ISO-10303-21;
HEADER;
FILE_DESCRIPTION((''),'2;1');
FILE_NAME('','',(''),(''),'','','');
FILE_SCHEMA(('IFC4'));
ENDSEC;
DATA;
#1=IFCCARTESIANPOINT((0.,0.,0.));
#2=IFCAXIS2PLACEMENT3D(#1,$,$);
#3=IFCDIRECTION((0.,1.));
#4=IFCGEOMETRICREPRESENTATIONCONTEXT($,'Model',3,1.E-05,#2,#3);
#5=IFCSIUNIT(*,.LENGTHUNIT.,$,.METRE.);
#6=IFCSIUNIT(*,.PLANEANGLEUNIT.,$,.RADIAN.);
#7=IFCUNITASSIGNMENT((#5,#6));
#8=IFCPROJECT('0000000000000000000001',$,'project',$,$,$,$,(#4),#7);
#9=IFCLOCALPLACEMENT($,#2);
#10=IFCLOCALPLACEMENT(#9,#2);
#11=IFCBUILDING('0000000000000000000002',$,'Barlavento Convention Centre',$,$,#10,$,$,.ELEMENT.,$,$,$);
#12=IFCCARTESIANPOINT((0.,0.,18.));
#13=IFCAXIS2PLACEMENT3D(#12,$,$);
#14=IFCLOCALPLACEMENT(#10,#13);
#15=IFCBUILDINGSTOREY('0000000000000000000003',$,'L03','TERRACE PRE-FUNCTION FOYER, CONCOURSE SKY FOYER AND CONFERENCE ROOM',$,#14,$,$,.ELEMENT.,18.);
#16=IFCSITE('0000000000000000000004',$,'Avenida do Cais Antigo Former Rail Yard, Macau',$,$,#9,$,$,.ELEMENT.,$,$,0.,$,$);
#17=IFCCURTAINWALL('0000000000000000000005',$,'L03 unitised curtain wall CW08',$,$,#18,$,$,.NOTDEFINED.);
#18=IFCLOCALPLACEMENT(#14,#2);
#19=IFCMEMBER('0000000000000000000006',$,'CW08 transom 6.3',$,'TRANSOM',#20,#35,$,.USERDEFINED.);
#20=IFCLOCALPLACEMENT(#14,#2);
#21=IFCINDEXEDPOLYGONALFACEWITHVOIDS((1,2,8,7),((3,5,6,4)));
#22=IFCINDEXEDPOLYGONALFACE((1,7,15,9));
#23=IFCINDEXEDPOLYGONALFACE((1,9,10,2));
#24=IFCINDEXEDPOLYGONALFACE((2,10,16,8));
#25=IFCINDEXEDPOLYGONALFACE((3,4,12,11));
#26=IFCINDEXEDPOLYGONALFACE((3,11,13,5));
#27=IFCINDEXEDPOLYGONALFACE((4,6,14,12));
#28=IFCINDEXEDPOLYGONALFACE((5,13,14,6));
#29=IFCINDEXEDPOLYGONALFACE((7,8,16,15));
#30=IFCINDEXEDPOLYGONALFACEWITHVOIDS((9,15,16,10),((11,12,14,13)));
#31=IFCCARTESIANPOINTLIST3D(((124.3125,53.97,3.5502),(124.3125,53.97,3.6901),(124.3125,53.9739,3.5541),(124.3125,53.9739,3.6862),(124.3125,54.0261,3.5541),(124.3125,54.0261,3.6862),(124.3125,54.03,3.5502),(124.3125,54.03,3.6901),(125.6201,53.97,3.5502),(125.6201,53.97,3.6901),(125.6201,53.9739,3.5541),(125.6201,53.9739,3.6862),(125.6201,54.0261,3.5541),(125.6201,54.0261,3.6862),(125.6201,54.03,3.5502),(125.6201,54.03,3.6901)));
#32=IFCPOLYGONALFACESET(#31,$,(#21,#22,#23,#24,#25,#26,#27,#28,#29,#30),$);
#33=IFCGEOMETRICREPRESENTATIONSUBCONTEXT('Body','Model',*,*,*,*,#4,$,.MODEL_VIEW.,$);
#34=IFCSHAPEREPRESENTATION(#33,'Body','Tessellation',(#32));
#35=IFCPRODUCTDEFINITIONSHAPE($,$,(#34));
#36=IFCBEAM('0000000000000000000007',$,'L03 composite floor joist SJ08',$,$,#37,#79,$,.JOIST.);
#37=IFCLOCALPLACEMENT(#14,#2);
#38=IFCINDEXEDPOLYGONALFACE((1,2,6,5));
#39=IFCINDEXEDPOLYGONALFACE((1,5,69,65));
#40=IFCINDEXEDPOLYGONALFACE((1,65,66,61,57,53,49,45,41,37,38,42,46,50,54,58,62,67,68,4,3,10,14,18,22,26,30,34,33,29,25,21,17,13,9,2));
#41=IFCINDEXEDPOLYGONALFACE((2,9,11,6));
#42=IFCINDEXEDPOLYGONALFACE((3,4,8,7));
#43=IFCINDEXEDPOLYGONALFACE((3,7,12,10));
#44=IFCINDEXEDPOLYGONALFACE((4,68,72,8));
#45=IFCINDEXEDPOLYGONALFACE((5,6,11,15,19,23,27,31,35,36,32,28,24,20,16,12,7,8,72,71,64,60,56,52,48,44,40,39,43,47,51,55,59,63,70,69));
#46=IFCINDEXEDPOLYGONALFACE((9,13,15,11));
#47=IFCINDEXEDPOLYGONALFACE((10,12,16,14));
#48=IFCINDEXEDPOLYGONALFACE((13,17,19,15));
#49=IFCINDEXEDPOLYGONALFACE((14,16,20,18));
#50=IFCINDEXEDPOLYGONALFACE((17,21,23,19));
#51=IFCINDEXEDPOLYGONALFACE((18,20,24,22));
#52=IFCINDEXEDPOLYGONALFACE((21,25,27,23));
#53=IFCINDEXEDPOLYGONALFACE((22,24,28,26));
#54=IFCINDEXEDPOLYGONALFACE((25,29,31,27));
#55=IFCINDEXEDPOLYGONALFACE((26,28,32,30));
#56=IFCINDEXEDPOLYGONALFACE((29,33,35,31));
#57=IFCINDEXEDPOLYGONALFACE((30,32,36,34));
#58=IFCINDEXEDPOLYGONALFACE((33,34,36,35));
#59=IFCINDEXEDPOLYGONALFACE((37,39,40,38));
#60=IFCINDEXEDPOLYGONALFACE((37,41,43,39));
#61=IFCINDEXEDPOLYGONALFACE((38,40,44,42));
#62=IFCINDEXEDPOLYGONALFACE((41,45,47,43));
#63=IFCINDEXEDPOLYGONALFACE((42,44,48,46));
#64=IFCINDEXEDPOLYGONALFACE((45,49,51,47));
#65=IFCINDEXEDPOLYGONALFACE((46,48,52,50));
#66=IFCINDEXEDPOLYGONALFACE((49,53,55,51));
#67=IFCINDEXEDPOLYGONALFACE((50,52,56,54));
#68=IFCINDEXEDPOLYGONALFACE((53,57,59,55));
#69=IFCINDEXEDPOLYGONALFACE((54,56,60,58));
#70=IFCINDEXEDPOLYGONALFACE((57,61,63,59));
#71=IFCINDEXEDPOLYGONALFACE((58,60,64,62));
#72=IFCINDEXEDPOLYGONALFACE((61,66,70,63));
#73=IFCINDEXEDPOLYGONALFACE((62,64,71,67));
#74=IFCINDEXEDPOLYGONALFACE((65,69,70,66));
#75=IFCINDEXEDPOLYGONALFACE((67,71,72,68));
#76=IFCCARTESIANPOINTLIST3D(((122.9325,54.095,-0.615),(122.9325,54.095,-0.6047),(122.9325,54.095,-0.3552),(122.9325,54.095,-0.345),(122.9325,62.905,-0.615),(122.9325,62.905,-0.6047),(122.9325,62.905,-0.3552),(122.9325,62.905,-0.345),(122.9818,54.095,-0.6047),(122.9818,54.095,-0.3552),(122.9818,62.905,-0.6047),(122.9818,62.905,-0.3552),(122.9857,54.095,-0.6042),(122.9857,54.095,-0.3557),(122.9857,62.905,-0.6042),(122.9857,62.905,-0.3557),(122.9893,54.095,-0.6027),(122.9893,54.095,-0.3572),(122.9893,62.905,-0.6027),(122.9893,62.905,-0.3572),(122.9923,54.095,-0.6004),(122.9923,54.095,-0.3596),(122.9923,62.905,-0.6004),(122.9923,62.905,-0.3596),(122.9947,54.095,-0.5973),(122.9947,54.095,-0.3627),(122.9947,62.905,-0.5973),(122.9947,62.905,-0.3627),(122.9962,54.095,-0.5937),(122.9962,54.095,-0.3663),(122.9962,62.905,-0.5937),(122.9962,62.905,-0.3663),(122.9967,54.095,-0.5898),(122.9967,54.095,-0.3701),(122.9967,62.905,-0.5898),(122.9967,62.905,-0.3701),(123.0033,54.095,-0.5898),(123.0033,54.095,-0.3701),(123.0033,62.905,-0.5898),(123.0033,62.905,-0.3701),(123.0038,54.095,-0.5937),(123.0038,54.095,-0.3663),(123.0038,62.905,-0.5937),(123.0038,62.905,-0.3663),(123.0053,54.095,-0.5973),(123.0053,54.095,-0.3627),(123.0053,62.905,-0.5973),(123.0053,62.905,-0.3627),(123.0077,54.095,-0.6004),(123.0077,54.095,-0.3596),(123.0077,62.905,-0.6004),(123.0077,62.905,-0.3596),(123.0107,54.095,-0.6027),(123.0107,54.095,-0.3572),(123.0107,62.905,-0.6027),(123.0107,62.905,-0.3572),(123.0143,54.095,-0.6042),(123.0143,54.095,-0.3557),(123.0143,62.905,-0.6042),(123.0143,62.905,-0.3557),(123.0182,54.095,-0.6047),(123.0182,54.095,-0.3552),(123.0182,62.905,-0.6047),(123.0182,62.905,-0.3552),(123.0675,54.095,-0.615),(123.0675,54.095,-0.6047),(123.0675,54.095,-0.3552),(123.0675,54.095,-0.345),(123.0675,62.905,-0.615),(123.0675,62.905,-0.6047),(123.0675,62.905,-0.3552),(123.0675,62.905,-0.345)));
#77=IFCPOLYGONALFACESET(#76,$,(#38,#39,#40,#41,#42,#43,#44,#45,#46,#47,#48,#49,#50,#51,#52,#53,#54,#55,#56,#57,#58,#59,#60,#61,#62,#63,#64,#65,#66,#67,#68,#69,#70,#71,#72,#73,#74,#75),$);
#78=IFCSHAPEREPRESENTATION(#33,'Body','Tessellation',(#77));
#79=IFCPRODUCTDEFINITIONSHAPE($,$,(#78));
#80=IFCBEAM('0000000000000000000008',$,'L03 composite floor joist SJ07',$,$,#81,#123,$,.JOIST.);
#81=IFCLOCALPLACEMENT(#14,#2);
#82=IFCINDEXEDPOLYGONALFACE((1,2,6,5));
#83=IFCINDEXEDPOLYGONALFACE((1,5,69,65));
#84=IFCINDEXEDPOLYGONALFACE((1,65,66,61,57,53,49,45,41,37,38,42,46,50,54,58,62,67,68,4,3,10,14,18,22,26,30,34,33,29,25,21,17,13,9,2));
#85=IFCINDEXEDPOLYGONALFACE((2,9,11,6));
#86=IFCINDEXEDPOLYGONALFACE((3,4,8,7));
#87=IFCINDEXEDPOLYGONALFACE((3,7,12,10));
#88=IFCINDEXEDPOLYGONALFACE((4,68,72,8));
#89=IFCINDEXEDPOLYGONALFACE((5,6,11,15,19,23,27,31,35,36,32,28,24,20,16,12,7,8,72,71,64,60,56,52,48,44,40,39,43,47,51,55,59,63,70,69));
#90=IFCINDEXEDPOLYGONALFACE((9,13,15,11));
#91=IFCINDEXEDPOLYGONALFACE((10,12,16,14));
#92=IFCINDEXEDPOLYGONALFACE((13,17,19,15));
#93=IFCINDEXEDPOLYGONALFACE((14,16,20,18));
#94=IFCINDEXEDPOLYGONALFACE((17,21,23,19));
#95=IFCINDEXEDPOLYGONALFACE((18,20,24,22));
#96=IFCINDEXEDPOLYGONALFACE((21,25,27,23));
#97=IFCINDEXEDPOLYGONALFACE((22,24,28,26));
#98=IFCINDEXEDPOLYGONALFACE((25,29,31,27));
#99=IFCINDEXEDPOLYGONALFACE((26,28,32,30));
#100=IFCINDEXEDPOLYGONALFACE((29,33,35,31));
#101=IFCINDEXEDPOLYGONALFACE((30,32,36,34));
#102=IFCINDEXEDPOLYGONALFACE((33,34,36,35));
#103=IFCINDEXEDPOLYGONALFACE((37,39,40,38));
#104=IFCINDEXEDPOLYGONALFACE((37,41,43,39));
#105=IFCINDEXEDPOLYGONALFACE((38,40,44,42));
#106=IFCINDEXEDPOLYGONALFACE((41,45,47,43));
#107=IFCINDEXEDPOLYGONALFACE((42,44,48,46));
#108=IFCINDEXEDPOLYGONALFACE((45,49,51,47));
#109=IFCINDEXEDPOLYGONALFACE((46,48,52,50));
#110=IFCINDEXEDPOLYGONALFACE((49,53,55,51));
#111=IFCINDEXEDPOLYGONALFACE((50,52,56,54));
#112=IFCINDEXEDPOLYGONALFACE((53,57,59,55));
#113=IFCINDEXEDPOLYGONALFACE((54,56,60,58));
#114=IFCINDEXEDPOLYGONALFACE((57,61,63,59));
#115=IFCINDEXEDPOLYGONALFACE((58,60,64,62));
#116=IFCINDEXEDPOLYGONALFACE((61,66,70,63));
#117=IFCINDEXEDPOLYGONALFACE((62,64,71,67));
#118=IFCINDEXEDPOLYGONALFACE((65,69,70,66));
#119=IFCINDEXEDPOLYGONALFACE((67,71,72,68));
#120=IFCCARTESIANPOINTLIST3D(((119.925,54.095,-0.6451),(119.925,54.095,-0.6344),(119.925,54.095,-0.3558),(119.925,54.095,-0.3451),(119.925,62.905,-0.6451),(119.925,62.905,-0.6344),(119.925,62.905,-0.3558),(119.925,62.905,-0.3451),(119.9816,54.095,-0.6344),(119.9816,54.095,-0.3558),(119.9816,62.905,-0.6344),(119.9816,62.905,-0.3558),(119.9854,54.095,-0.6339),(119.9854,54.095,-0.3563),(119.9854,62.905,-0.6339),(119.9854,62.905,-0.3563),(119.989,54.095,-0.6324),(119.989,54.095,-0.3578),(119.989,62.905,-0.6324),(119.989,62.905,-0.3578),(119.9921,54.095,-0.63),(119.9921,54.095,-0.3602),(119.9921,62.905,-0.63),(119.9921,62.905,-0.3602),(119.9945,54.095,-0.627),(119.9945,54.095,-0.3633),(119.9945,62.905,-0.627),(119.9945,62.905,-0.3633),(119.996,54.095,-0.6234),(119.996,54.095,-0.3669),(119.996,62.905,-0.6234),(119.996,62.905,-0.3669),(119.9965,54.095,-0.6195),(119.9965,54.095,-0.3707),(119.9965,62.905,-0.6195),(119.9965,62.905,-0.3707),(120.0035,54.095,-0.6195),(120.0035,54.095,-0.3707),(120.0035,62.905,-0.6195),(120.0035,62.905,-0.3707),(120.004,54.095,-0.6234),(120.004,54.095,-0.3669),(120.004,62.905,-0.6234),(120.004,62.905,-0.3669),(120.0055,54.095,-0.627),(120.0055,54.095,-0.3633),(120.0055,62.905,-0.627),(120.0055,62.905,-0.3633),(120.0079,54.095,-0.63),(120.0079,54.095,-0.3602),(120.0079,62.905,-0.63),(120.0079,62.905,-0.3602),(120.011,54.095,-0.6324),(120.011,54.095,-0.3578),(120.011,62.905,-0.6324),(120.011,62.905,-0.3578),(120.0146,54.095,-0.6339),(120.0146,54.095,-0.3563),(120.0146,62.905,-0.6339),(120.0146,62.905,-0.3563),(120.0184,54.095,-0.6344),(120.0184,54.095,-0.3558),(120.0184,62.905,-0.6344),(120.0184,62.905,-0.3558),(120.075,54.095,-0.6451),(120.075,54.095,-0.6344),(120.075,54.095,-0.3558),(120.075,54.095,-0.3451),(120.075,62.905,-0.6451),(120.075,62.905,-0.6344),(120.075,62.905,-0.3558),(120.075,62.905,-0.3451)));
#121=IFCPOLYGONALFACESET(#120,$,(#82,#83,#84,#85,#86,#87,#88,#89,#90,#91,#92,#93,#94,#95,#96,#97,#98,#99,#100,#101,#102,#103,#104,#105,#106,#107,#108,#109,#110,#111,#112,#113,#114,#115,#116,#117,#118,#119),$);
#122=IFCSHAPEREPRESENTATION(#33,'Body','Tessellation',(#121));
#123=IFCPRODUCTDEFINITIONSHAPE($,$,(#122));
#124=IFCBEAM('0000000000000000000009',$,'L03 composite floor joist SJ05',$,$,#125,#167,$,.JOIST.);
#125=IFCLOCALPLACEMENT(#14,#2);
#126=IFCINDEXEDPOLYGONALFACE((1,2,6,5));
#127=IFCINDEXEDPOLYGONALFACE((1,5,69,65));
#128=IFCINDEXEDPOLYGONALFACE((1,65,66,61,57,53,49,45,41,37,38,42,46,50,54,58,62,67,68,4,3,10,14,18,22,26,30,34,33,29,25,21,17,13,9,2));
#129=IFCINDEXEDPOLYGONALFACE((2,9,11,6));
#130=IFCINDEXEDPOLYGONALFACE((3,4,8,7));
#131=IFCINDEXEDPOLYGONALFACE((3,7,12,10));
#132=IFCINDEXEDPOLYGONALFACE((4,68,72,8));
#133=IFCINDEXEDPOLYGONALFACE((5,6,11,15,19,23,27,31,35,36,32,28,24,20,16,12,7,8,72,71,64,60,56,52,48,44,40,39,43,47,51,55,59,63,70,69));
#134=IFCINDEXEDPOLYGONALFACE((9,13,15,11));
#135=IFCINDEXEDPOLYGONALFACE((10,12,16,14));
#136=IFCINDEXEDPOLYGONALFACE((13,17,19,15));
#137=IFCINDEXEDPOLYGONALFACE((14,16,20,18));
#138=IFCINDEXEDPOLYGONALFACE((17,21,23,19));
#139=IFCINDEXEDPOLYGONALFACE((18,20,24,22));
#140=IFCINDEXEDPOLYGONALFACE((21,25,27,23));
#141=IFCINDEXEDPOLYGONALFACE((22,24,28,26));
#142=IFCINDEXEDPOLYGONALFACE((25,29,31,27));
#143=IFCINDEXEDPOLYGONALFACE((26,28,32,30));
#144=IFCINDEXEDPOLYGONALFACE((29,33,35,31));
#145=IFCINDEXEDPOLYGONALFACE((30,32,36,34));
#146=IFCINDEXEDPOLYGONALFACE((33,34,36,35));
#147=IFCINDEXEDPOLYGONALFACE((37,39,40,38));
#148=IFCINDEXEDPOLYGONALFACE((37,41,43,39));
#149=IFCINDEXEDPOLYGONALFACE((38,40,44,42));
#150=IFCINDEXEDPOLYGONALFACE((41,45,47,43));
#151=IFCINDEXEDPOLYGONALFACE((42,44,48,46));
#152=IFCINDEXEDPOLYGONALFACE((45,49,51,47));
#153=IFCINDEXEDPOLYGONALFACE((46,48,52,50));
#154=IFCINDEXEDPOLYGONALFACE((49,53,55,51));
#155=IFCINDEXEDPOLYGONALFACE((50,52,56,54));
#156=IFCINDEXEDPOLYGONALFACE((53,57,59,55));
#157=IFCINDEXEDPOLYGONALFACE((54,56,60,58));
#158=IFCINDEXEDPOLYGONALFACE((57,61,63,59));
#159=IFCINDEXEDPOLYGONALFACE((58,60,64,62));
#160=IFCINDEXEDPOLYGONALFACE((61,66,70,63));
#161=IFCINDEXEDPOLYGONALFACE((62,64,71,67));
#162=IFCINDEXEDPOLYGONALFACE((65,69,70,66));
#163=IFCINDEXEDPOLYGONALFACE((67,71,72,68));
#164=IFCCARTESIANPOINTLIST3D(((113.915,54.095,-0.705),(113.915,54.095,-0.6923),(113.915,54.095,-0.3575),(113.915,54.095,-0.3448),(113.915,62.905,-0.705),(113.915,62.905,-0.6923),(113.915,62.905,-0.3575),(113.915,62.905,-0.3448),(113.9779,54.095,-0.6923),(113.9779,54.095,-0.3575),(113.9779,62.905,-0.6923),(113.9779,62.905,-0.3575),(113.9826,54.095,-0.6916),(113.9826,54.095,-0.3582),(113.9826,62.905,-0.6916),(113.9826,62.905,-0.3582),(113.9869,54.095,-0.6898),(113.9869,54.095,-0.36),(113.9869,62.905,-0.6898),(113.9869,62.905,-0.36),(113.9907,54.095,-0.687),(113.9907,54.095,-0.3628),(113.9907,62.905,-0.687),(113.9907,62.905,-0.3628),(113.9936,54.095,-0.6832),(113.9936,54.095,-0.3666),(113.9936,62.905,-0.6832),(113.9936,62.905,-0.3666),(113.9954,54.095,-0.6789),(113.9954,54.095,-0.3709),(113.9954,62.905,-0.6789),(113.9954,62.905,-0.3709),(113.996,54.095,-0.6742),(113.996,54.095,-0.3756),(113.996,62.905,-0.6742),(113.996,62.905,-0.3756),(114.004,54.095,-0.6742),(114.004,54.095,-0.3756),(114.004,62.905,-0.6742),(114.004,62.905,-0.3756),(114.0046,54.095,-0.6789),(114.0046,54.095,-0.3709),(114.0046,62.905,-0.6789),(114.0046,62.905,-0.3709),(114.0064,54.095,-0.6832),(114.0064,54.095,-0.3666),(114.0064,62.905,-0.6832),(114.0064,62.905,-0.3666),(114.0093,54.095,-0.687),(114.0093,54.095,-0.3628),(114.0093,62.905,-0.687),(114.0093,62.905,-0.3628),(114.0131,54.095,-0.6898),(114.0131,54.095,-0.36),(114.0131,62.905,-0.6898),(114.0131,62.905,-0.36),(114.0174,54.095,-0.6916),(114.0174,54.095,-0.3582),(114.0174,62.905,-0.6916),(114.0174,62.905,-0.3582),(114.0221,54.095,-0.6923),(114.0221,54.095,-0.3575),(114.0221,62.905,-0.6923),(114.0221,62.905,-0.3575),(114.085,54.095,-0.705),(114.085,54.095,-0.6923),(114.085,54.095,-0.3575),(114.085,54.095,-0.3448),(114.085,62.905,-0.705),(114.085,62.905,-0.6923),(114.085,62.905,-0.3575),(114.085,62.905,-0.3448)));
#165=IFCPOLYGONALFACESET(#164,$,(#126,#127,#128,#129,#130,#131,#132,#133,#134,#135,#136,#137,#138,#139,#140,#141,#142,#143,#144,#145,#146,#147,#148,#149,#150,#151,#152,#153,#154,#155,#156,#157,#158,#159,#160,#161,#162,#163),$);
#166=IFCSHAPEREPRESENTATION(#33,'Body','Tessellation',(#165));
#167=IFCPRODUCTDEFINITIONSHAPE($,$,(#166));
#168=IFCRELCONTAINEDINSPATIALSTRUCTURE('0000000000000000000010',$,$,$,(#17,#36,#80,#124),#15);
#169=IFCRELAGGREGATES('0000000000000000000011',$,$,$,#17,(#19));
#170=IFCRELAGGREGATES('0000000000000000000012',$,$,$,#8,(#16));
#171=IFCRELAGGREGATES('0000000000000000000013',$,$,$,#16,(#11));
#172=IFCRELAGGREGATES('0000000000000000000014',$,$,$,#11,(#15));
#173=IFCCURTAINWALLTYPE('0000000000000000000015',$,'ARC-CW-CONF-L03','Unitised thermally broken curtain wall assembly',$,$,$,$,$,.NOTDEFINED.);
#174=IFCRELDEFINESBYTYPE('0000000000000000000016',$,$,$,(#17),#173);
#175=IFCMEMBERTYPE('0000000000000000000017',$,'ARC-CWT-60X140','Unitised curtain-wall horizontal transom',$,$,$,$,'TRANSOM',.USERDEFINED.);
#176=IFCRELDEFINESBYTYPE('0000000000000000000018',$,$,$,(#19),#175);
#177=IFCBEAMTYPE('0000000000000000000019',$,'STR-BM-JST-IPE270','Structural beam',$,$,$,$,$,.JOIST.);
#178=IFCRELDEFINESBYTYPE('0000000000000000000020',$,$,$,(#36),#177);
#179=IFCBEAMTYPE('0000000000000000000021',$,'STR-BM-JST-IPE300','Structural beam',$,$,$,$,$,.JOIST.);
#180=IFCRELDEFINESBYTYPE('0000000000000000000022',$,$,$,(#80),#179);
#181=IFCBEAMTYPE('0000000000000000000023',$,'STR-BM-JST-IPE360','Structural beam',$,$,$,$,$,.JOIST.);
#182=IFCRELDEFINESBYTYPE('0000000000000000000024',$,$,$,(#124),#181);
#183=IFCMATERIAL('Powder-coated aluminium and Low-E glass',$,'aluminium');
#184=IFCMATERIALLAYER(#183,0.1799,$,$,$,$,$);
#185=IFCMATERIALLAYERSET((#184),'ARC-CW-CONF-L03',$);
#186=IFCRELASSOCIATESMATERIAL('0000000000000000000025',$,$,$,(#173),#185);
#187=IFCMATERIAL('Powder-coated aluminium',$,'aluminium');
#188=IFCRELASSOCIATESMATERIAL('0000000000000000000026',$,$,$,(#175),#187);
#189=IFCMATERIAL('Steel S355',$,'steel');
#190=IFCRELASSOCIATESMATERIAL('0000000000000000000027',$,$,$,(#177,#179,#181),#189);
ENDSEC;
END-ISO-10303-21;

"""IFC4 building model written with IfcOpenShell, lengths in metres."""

from ifc_helpers import new_model, si_unit, direction, frame, origin, origin_2d, place, context, subcontext, project, spatial, hollow_rectangle, i_section, extrude, material, layer, layer_set, material_profile, profile_set, type_object, element, aggregate, save


model = new_model("IFC4")

# Units and contexts
model_context = context("Model", 3, precision=1e-05, world=origin(), true_north=direction((0.0, 1.0)))
body_context = subcontext(model_context, "Body", "Model", "MODEL_VIEW")
ifc_project = project(units=[si_unit("LENGTHUNIT", "METRE"), si_unit("PLANEANGLEUNIT", "RADIAN")], contexts=[model_context])

# Site, building, storey
site_placement = place(None, origin())
site = spatial("IfcSite", under=ifc_project, at=site_placement, Name="Avenida do Cais Antigo Former Rail Yard, Macau", CompositionType="ELEMENT", RefElevation=0.0)
building_placement = place(site_placement, origin())
building = spatial("IfcBuilding", under=site, at=building_placement, Name="Barlavento Convention Centre", CompositionType="ELEMENT")
storey_placement = place(building_placement, frame((0.0, 0.0, 18.0)))
storey = spatial("IfcBuildingStorey", under=building, at=storey_placement, Name="L03", Description="TERRACE PRE-FUNCTION FOYER, CONCOURSE SKY FOYER AND CONFERENCE ROOM", CompositionType="ELEMENT", Elevation=18.0)

# Curtain wall, member
ifc_material_1 = material(Name="Powder-coated aluminium and Low-E glass", Category="aluminium")
ifc_layer_1 = layer(ifc_material_1, 0.1799)
ifc_layer_set_1 = layer_set([ifc_layer_1], Name="ARC-CW-CONF-L03")
curtain_wall_type = type_object("IfcCurtainWallType", Name="ARC-CW-CONF-L03", Description="Unitised thermally broken curtain wall assembly", PredefinedType="NOTDEFINED", material=ifc_layer_set_1)
curtain_wall_placement = place(storey_placement, origin())
curtain_wall = element("IfcCurtainWall", 1, at=curtain_wall_placement, inside=storey, type_object=curtain_wall_type, Name="L03 unitised curtain wall CW08", PredefinedType="NOTDEFINED")
ifc_material_2 = material(Name="Powder-coated aluminium", Category="aluminium")
ifc_material_profile_1 = material_profile(ifc_material_2, hollow_rectangle(XDim=0.0601, YDim=0.1399, WallThickness=0.0039, at=origin_2d()), Name="AL-TRAN 60x140x4")
ifc_profile_set_1 = profile_set([ifc_material_profile_1], Name="Powder-coated aluminium")
member_type_1 = type_object("IfcMemberType", Name="ARC-CWT-60X140", Description="Unitised curtain-wall horizontal transom", ElementType="TRANSOM", PredefinedType="USERDEFINED", material=ifc_profile_set_1)
member_1_placement = place(storey_placement, frame((124.3125, 54.0, 3.6201), z_axis=(1.0, 0.0, 0.0), x_axis=(0.0, 1.0, 0.0)))
member_1 = element("IfcMember", 2, at=member_1_placement, type_object=member_type_1, Name="CW08 transom 6.3", ObjectType="TRANSOM", PredefinedType="USERDEFINED", context=body_context, shape_type="SweptSolid", body=[
    extrude(hollow_rectangle(XDim=0.0601, YDim=0.1399, WallThickness=0.0039, at=origin_2d()), origin(), (0.0, 0.0, 1.0), 1.3076),
])

# Beams
ifc_material_3 = material(Name="Steel S355", Category="steel")
ifc_material_profile_2 = material_profile(ifc_material_3, i_section(OverallWidth=0.135, OverallDepth=0.27, WebThickness=0.0066, FlangeThickness=0.0103, FilletRadius=0.0149, at=origin_2d()), Name="IPE 270")
ifc_profile_set_2 = profile_set([ifc_material_profile_2], Name="Steel S355")
beam_type_1 = type_object("IfcBeamType", Name="STR-BM-JST-IPE270", Description="Structural beam", PredefinedType="JOIST", material=ifc_profile_set_2)
beam_1_placement = place(storey_placement, frame((123.0, 54.095, -0.48), z_axis=(0.0, 1.0, 0.0), x_axis=(-1.0, 0.0, 0.0)))
element("IfcBeam", 3, at=beam_1_placement, inside=storey, type_object=beam_type_1, Name="L03 composite floor joist SJ08", PredefinedType="JOIST", context=body_context, shape_type="SweptSolid", body=[
    extrude(i_section(OverallWidth=0.135, OverallDepth=0.27, WebThickness=0.0066, FlangeThickness=0.0103, FilletRadius=0.0149, at=origin_2d()), origin(), (0.0, 0.0, 1.0), 8.8101),
])
ifc_material_profile_3 = material_profile(ifc_material_3, i_section(OverallWidth=0.1499, OverallDepth=0.3, WebThickness=0.0071, FlangeThickness=0.0107, FilletRadius=0.0149, at=origin_2d()), Name="IPE 300")
ifc_profile_set_3 = profile_set([ifc_material_profile_3], Name="Steel S355")
beam_type_2 = type_object("IfcBeamType", Name="STR-BM-JST-IPE300", Description="Structural beam", PredefinedType="JOIST", material=ifc_profile_set_3)
beam_2_placement = place(storey_placement, frame((120.0, 54.095, -0.4951), z_axis=(0.0, 1.0, 0.0), x_axis=(-1.0, 0.0, 0.0)))
element("IfcBeam", 4, at=beam_2_placement, inside=storey, type_object=beam_type_2, Name="L03 composite floor joist SJ07", PredefinedType="JOIST", context=body_context, shape_type="SweptSolid", body=[
    extrude(i_section(OverallWidth=0.1499, OverallDepth=0.3, WebThickness=0.0071, FlangeThickness=0.0107, FilletRadius=0.0149, at=origin_2d()), origin(), (0.0, 0.0, 1.0), 8.8101),
])
ifc_material_profile_4 = material_profile(ifc_material_3, i_section(OverallWidth=0.1699, OverallDepth=0.3601, WebThickness=0.0081, FlangeThickness=0.0127, FilletRadius=0.0181, at=origin_2d()), Name="IPE 360")
ifc_profile_set_4 = profile_set([ifc_material_profile_4], Name="Steel S355")
beam_type_3 = type_object("IfcBeamType", Name="STR-BM-JST-IPE360", Description="Structural beam", PredefinedType="JOIST", material=ifc_profile_set_4)
for number, where, z_axis, x_axis, name in (
    (5, (114.0, 54.095, -0.5249), (0.0, 1.0, 0.0), (-1.0, 0.0, 0.0), "L03 composite floor joist SJ05"),
):
    element("IfcBeam", number, at=place(storey_placement, frame(where, z_axis=z_axis, x_axis=x_axis)), inside=storey, type_object=beam_type_3, Name=name, PredefinedType="JOIST", context=body_context, shape_type="SweptSolid", body=[
        extrude(i_section(OverallWidth=0.1699, OverallDepth=0.3601, WebThickness=0.0081, FlangeThickness=0.0127, FilletRadius=0.0181, at=origin_2d()), origin(), (0.0, 0.0, 1.0), 8.8101),
    ])

aggregate(curtain_wall, [member_1])

save(model, "model.ifc")
